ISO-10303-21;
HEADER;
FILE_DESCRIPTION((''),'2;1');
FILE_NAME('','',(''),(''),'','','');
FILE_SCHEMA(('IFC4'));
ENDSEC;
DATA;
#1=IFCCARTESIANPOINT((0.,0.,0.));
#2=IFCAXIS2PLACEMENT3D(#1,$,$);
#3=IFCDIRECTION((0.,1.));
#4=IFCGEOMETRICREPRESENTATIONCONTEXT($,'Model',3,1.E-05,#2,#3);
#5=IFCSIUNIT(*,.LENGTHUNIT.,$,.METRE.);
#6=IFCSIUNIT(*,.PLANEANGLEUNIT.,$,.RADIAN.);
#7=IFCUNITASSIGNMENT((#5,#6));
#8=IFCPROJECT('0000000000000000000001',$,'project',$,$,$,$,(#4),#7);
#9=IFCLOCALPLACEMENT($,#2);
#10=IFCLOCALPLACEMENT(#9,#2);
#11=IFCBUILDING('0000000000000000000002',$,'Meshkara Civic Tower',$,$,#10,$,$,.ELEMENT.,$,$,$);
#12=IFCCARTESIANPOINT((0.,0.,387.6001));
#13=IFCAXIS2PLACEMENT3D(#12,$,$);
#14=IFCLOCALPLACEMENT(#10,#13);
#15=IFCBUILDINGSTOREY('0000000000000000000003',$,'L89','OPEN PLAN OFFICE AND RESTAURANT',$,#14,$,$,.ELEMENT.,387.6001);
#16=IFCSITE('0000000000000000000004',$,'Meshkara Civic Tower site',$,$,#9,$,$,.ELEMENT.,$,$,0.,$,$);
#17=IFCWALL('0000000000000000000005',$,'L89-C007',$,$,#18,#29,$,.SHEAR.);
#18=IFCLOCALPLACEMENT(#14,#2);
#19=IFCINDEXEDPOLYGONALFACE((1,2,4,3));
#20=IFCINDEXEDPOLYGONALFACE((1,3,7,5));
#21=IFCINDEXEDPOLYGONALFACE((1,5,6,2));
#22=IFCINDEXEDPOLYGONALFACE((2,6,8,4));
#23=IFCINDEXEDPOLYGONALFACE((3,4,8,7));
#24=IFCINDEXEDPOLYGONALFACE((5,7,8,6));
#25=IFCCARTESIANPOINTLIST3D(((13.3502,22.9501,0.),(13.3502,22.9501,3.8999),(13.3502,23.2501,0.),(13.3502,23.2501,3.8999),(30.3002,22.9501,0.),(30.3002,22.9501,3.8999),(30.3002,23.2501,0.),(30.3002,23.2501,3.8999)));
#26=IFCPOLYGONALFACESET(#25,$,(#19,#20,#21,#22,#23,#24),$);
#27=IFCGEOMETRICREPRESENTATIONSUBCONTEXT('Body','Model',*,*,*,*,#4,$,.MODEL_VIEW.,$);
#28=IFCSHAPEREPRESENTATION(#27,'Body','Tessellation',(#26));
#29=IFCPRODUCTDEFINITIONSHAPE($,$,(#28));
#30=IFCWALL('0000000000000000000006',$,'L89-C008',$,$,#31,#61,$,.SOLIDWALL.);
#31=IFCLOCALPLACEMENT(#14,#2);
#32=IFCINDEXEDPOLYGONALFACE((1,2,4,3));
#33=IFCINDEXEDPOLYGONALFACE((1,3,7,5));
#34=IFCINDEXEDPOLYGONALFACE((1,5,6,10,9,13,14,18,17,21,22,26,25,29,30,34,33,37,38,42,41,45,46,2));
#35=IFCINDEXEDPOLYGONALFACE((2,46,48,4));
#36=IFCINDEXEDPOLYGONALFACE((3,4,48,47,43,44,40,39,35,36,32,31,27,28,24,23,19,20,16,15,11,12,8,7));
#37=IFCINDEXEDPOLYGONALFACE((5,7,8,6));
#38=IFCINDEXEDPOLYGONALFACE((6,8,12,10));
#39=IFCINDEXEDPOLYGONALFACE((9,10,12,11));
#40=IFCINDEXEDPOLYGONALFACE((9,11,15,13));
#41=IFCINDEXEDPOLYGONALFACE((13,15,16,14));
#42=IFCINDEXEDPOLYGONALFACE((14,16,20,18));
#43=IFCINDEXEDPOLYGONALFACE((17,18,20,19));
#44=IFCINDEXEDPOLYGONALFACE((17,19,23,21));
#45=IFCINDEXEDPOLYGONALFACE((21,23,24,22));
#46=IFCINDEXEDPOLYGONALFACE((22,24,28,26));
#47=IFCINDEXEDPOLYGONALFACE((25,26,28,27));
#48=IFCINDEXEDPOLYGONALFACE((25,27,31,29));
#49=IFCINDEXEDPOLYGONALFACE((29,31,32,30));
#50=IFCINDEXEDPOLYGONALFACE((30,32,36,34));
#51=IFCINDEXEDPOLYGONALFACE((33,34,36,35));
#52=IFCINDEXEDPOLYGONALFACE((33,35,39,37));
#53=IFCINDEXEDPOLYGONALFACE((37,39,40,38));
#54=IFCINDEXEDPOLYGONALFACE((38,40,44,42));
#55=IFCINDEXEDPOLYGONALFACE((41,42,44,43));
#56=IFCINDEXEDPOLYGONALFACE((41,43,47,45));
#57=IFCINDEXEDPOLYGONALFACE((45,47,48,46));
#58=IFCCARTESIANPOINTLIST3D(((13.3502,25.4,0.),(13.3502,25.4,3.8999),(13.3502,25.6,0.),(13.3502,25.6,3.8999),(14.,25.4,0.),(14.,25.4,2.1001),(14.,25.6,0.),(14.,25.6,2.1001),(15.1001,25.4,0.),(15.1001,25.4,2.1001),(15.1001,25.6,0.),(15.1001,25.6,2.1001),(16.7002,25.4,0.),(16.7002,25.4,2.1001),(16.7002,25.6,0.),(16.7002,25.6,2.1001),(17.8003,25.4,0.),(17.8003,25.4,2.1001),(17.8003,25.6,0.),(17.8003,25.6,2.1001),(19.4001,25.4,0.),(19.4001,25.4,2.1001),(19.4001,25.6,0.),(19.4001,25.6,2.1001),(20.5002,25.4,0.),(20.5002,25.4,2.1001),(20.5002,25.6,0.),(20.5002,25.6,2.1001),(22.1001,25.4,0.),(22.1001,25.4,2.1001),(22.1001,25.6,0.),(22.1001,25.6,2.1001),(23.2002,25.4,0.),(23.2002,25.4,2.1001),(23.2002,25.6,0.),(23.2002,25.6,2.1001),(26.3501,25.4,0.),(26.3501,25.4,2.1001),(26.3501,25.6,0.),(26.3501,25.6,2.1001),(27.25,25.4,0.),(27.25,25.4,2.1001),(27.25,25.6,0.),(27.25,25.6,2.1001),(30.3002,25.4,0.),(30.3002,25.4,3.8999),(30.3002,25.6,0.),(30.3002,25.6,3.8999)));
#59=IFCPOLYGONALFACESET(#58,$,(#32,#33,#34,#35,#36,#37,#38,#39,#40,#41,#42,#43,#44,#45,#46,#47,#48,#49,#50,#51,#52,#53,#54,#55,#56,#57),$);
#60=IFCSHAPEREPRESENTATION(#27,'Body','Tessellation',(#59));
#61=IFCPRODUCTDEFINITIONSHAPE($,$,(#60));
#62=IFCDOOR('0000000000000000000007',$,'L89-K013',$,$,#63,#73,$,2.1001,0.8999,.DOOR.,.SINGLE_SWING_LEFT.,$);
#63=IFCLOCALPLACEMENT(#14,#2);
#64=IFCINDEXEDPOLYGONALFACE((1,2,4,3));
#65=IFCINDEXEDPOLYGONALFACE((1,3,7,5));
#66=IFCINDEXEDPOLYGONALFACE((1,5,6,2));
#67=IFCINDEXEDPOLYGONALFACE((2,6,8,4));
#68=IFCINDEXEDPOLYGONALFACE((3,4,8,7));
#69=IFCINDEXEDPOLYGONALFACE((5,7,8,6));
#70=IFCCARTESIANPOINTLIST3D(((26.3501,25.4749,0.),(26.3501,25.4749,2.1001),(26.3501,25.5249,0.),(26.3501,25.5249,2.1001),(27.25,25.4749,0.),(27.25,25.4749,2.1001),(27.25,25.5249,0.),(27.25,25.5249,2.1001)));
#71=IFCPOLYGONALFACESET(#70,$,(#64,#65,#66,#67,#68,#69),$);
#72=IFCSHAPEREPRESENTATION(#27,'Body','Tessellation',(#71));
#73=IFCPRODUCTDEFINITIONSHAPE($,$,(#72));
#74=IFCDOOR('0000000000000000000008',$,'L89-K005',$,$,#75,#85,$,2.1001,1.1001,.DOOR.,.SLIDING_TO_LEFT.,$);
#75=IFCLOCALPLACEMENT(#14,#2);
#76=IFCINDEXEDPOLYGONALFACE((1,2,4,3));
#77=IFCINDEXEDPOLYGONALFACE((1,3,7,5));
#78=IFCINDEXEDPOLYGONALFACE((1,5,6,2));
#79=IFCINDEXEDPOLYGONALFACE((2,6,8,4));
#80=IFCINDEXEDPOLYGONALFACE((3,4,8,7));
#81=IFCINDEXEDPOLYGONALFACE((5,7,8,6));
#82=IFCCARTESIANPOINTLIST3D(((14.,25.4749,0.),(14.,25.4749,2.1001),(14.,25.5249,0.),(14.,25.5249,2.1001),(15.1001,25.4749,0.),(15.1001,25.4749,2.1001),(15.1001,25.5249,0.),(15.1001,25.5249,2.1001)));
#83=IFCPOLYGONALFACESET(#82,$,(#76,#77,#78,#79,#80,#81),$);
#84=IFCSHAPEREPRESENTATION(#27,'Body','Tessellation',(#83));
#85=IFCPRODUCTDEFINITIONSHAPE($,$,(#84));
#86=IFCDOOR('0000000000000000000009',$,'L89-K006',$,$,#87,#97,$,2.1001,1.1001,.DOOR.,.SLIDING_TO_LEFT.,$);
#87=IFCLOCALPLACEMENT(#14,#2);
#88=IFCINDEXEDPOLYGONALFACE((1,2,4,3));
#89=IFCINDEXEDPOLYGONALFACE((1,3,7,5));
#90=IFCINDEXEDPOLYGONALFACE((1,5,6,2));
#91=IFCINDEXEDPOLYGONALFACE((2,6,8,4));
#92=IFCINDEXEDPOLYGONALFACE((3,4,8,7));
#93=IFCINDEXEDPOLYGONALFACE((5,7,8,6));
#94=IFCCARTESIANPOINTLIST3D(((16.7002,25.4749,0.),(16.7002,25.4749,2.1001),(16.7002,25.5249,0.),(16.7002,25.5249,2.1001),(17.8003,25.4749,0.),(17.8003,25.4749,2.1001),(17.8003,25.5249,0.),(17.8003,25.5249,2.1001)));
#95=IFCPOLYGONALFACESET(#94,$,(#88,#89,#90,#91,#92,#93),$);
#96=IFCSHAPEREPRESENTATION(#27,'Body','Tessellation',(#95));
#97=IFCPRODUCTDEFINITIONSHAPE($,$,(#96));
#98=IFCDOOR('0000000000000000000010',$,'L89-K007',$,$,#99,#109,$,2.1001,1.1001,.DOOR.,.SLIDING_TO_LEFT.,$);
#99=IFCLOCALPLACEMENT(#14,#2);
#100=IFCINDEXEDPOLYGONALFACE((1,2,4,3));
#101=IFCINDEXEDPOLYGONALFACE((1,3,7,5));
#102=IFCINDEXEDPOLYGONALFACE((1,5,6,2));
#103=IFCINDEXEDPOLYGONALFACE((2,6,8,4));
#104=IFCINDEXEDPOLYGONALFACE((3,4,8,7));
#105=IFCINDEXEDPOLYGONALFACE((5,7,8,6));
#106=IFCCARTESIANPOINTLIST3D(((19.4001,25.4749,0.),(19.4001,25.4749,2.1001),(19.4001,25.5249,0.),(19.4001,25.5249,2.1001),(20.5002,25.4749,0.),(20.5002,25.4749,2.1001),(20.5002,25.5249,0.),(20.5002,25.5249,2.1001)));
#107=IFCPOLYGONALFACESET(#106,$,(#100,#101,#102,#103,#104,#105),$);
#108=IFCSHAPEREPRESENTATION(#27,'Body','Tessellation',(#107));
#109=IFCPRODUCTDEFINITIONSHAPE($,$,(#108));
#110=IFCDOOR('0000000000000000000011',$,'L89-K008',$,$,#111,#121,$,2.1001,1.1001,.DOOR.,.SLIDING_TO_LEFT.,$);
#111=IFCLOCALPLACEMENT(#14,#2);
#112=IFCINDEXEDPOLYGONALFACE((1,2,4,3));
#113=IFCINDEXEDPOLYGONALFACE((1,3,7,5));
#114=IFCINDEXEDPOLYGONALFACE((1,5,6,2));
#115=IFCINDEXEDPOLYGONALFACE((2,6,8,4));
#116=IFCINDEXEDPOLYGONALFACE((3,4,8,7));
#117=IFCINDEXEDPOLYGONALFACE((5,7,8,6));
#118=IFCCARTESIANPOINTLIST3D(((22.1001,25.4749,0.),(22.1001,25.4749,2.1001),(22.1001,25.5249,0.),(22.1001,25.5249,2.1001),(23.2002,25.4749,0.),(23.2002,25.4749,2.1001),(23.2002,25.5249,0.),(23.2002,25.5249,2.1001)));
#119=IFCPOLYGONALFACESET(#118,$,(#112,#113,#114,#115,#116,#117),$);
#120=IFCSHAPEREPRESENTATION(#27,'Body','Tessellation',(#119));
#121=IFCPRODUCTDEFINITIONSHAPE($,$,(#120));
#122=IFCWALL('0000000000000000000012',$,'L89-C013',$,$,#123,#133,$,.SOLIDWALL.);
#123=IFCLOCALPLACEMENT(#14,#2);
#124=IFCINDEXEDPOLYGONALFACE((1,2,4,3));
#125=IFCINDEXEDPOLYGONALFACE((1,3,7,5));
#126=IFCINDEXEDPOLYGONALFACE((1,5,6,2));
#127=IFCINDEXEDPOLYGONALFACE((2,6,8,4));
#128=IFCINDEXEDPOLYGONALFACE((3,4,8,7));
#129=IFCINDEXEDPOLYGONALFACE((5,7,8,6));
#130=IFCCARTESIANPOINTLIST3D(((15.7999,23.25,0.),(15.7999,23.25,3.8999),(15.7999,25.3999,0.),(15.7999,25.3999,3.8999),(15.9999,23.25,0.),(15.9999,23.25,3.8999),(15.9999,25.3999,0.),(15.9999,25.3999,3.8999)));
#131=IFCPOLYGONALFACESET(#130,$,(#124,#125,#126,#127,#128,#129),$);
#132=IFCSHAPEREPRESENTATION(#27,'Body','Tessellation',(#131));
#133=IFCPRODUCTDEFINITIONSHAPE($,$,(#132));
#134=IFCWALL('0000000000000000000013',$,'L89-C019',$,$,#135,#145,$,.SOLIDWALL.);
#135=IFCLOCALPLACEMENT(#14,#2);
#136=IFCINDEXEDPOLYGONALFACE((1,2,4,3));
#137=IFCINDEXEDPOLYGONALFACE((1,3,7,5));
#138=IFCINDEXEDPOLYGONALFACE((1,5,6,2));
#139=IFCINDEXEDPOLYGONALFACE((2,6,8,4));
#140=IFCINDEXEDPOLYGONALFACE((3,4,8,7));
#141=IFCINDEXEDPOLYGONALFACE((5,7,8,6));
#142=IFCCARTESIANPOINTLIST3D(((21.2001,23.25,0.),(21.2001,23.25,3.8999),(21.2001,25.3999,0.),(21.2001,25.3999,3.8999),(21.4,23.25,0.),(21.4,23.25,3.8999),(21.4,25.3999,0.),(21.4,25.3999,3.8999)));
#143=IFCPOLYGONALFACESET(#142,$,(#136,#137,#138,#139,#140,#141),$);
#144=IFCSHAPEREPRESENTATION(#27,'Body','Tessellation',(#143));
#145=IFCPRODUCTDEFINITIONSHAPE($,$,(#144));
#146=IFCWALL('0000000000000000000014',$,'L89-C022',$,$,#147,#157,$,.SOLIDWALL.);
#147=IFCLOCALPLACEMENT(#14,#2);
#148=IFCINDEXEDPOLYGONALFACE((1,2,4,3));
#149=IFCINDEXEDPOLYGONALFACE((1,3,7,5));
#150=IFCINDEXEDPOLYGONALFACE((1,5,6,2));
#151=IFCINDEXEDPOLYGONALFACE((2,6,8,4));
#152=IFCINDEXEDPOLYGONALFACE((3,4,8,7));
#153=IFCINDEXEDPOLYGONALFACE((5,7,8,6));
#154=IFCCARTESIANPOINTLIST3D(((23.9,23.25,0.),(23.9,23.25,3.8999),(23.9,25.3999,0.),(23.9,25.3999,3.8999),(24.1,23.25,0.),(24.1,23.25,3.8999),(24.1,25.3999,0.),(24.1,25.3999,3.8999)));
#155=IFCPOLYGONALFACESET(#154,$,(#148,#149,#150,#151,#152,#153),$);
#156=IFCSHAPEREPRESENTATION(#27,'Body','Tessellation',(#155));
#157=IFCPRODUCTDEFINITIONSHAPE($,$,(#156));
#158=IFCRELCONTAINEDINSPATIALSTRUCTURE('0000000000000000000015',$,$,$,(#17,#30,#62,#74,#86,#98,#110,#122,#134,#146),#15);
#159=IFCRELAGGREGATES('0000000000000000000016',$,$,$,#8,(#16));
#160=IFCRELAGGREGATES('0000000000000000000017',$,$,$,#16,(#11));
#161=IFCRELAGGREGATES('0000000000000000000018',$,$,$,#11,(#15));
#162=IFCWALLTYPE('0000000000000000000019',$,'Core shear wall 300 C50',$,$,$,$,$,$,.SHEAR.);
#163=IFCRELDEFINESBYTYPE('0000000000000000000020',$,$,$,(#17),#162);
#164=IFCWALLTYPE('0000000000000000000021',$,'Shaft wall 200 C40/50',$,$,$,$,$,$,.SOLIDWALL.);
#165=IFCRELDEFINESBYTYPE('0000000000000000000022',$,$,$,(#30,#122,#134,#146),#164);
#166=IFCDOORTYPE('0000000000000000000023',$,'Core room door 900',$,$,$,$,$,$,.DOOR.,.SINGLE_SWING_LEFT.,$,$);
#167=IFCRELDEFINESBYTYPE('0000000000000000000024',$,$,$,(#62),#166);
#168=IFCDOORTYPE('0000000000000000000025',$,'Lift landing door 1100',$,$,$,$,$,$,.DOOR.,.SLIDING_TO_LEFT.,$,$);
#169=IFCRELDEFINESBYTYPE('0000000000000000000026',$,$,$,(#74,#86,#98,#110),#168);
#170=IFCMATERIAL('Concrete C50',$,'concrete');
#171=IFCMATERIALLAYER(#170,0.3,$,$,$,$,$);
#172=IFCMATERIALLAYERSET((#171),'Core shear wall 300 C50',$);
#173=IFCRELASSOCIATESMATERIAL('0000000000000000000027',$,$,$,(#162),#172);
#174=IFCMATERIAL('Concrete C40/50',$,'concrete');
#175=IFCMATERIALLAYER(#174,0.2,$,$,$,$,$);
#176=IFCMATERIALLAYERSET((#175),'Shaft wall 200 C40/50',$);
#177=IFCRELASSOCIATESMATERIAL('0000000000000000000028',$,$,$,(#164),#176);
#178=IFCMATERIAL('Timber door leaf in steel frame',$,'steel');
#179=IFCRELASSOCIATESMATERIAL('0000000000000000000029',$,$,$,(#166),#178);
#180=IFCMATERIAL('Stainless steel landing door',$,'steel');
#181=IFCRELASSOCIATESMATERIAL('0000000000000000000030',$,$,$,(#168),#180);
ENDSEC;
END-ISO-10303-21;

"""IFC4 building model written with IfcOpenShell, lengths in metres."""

from ifc_helpers import new_model, si_unit, direction, frame, frame_2d, origin, place, context, subcontext, project, spatial, rectangle, extrude, material, layer, layer_set, type_object, element, fill, save


model = new_model("IFC4")

# Units and contexts
model_context = context("Model", 3, precision=1e-05, world=origin(), true_north=direction((0.0, 1.0)))
body_context = subcontext(model_context, "Body", "Model", "MODEL_VIEW")
ifc_project = project(units=[si_unit("LENGTHUNIT", "METRE"), si_unit("PLANEANGLEUNIT", "RADIAN")], contexts=[model_context])

# Site, building, storey
site_placement = place(None, origin())
site = spatial("IfcSite", under=ifc_project, at=site_placement, Name="Meshkara Civic Tower site", CompositionType="ELEMENT", RefElevation=0.0)
building_placement = place(site_placement, origin())
building = spatial("IfcBuilding", under=site, at=building_placement, Name="Meshkara Civic Tower", CompositionType="ELEMENT")
storey_placement = place(building_placement, frame((0.0, 0.0, 387.6001)))
storey = spatial("IfcBuildingStorey", under=building, at=storey_placement, Name="L89", Description="OPEN PLAN OFFICE AND RESTAURANT", CompositionType="ELEMENT", Elevation=387.6001)

# Wall
ifc_material_1 = material(Name="Concrete C50", Category="concrete")
ifc_layer_1 = layer(ifc_material_1, 0.3)
ifc_layer_set_1 = layer_set([ifc_layer_1], Name="Core shear wall 300 C50")
wall_type_1 = type_object("IfcWallType", Name="Core shear wall 300 C50", PredefinedType="SHEAR", material=ifc_layer_set_1)
wall_1_placement = place(storey_placement, frame((13.3501, 23.1001, 0.0), z_axis=(0.0, 0.0, 1.0), x_axis=(1.0, 0.0, 0.0)))
element("IfcWall", 1, at=wall_1_placement, inside=storey, type_object=wall_type_1, Name="L89-C007", PredefinedType="SHEAR", context=body_context, shape_type="SweptSolid", body=[
    extrude(rectangle(XDim=16.95, YDim=0.3, at=frame_2d((8.4751, 0.0))), origin(), (0.0, 0.0, 1.0), 3.8999),
])

# Wall, openings, doors
ifc_material_2 = material(Name="Concrete C40/50", Category="concrete")
ifc_layer_2 = layer(ifc_material_2, 0.2)
ifc_layer_set_2 = layer_set([ifc_layer_2], Name="Shaft wall 200 C40/50")
wall_type_2 = type_object("IfcWallType", Name="Shaft wall 200 C40/50", PredefinedType="SOLIDWALL", material=ifc_layer_set_2)
wall_2_placement = place(storey_placement, frame((13.3501, 25.5, 0.0), z_axis=(0.0, 0.0, 1.0), x_axis=(1.0, 0.0, 0.0)))
wall_2 = element("IfcWall", 2, at=wall_2_placement, inside=storey, type_object=wall_type_2, Name="L89-C008", PredefinedType="SOLIDWALL", context=body_context, shape_type="SweptSolid", body=[
    extrude(rectangle(XDim=16.95, YDim=0.2, at=frame_2d((8.4751, 0.0))), origin(), (0.0, 0.0, 1.0), 3.8999),
])
opening_1_placement = place(wall_2_placement, frame((0.6499, 0.0, 0.0)))
opening_1 = element("IfcOpeningElement", 3, at=opening_1_placement, cuts=wall_2, PredefinedType="OPENING", context=body_context, shape_type="SweptSolid", body=[
    extrude(rectangle(XDim=1.1001, YDim=2.1001, at=frame_2d((0.55, 1.05))), frame((0.0, 0.1099, 0.0), z_axis=(0.0, -1.0, 0.0), x_axis=(1.0, 0.0, 0.0)), (0.0, 0.0, 1.0), 0.22),
])
opening_2_placement = place(wall_2_placement, frame((3.3501, 0.0, 0.0)))
opening_2 = element("IfcOpeningElement", 4, at=opening_2_placement, cuts=wall_2, PredefinedType="OPENING", context=body_context, shape_type="SweptSolid", body=[
    extrude(rectangle(XDim=1.1001, YDim=2.1001, at=frame_2d((0.55, 1.05))), frame((0.0, 0.1099, 0.0), z_axis=(0.0, -1.0, 0.0), x_axis=(1.0, 0.0, 0.0)), (0.0, 0.0, 1.0), 0.22),
])
opening_3_placement = place(wall_2_placement, frame((6.05, 0.0, 0.0)))
opening_3 = element("IfcOpeningElement", 5, at=opening_3_placement, cuts=wall_2, PredefinedType="OPENING", context=body_context, shape_type="SweptSolid", body=[
    extrude(rectangle(XDim=1.1001, YDim=2.1001, at=frame_2d((0.55, 1.05))), frame((0.0, 0.1099, 0.0), z_axis=(0.0, -1.0, 0.0), x_axis=(1.0, 0.0, 0.0)), (0.0, 0.0, 1.0), 0.22),
])
opening_4_placement = place(wall_2_placement, frame((8.75, 0.0, 0.0)))
opening_4 = element("IfcOpeningElement", 6, at=opening_4_placement, cuts=wall_2, PredefinedType="OPENING", context=body_context, shape_type="SweptSolid", body=[
    extrude(rectangle(XDim=1.1001, YDim=2.1001, at=frame_2d((0.55, 1.05))), frame((0.0, 0.1099, 0.0), z_axis=(0.0, -1.0, 0.0), x_axis=(1.0, 0.0, 0.0)), (0.0, 0.0, 1.0), 0.22),
])
opening_5_placement = place(wall_2_placement, frame((13.0, 0.0, 0.0)))
opening_5 = element("IfcOpeningElement", 7, at=opening_5_placement, cuts=wall_2, PredefinedType="OPENING", context=body_context, shape_type="SweptSolid", body=[
    extrude(rectangle(XDim=0.8999, YDim=2.1001, at=frame_2d((0.45, 1.05))), frame((0.0, 0.1099, 0.0), z_axis=(0.0, -1.0, 0.0), x_axis=(1.0, 0.0, 0.0)), (0.0, 0.0, 1.0), 0.22),
])
ifc_material_3 = material(Name="Timber door leaf in steel frame", Category="steel")
door_type_1 = type_object("IfcDoorType", Name="Core room door 900", OperationType="SINGLE_SWING_LEFT", PredefinedType="DOOR", material=ifc_material_3)
door_1_placement = place(opening_5_placement, origin())
door_1 = element("IfcDoor", 8, at=door_1_placement, inside=storey, type_object=door_type_1, Name="L89-K013", OperationType="SINGLE_SWING_LEFT", OverallHeight=2.1001, OverallWidth=0.8999, PredefinedType="DOOR", context=body_context, shape_type="SweptSolid", body=[
    extrude(rectangle(XDim=0.8999, YDim=2.1001, at=frame_2d((0.45, 1.05))), frame((0.0, 0.0249, 0.0), z_axis=(0.0, -1.0, 0.0), x_axis=(1.0, 0.0, 0.0)), (0.0, 0.0, 1.0), 0.05),
])
fill(opening_5, door_1)
ifc_material_4 = material(Name="Stainless steel landing door", Category="steel")
door_type_2 = type_object("IfcDoorType", Name="Lift landing door 1100", OperationType="SLIDING_TO_LEFT", PredefinedType="DOOR", material=ifc_material_4)
door_2_placement = place(opening_1_placement, origin())
door_2 = element("IfcDoor", 9, at=door_2_placement, inside=storey, type_object=door_type_2, Name="L89-K005", OperationType="SLIDING_TO_LEFT", OverallHeight=2.1001, OverallWidth=1.1001, PredefinedType="DOOR", context=body_context, shape_type="SweptSolid", body=[
    extrude(rectangle(XDim=1.1001, YDim=2.1001, at=frame_2d((0.55, 1.05))), frame((0.0, 0.0249, 0.0), z_axis=(0.0, -1.0, 0.0), x_axis=(1.0, 0.0, 0.0)), (0.0, 0.0, 1.0), 0.05),
])
fill(opening_1, door_2)
door_3_placement = place(opening_2_placement, origin())
door_3 = element("IfcDoor", 10, at=door_3_placement, inside=storey, type_object=door_type_2, Name="L89-K006", OperationType="SLIDING_TO_LEFT", OverallHeight=2.1001, OverallWidth=1.1001, PredefinedType="DOOR", context=body_context, shape_type="SweptSolid", body=[
    extrude(rectangle(XDim=1.1001, YDim=2.1001, at=frame_2d((0.55, 1.05))), frame((0.0, 0.0249, 0.0), z_axis=(0.0, -1.0, 0.0), x_axis=(1.0, 0.0, 0.0)), (0.0, 0.0, 1.0), 0.05),
])
fill(opening_2, door_3)
door_4_placement = place(opening_3_placement, origin())
door_4 = element("IfcDoor", 11, at=door_4_placement, inside=storey, type_object=door_type_2, Name="L89-K007", OperationType="SLIDING_TO_LEFT", OverallHeight=2.1001, OverallWidth=1.1001, PredefinedType="DOOR", context=body_context, shape_type="SweptSolid", body=[
    extrude(rectangle(XDim=1.1001, YDim=2.1001, at=frame_2d((0.55, 1.05))), frame((0.0, 0.0249, 0.0), z_axis=(0.0, -1.0, 0.0), x_axis=(1.0, 0.0, 0.0)), (0.0, 0.0, 1.0), 0.05),
])
fill(opening_3, door_4)
door_5_placement = place(opening_4_placement, origin())
door_5 = element("IfcDoor", 12, at=door_5_placement, inside=storey, type_object=door_type_2, Name="L89-K008", OperationType="SLIDING_TO_LEFT", OverallHeight=2.1001, OverallWidth=1.1001, PredefinedType="DOOR", context=body_context, shape_type="SweptSolid", body=[
    extrude(rectangle(XDim=1.1001, YDim=2.1001, at=frame_2d((0.55, 1.05))), frame((0.0, 0.0249, 0.0), z_axis=(0.0, -1.0, 0.0), x_axis=(1.0, 0.0, 0.0)), (0.0, 0.0, 1.0), 0.05),
])
fill(opening_4, door_5)

# Walls
for number, where, z_axis, x_axis, name in (
    (13, (15.8999, 23.25, 0.0), (0.0, 0.0, 1.0), (0.0, 1.0, 0.0), "L89-C013"),
    (14, (21.3, 23.25, 0.0), (0.0, 0.0, 1.0), (0.0, 1.0, 0.0), "L89-C019"),
    (15, (24.0, 23.25, 0.0), (0.0, 0.0, 1.0), (0.0, 1.0, 0.0), "L89-C022"),
):
    element("IfcWall", number, at=place(storey_placement, frame(where, z_axis=z_axis, x_axis=x_axis)), inside=storey, type_object=wall_type_2, Name=name, PredefinedType="SOLIDWALL", context=body_context, shape_type="SweptSolid", body=[
        extrude(rectangle(XDim=2.1499, YDim=0.2, at=frame_2d((1.075, 0.0))), origin(), (0.0, 0.0, 1.0), 3.8999),
    ])

save(model, "model.ifc")
